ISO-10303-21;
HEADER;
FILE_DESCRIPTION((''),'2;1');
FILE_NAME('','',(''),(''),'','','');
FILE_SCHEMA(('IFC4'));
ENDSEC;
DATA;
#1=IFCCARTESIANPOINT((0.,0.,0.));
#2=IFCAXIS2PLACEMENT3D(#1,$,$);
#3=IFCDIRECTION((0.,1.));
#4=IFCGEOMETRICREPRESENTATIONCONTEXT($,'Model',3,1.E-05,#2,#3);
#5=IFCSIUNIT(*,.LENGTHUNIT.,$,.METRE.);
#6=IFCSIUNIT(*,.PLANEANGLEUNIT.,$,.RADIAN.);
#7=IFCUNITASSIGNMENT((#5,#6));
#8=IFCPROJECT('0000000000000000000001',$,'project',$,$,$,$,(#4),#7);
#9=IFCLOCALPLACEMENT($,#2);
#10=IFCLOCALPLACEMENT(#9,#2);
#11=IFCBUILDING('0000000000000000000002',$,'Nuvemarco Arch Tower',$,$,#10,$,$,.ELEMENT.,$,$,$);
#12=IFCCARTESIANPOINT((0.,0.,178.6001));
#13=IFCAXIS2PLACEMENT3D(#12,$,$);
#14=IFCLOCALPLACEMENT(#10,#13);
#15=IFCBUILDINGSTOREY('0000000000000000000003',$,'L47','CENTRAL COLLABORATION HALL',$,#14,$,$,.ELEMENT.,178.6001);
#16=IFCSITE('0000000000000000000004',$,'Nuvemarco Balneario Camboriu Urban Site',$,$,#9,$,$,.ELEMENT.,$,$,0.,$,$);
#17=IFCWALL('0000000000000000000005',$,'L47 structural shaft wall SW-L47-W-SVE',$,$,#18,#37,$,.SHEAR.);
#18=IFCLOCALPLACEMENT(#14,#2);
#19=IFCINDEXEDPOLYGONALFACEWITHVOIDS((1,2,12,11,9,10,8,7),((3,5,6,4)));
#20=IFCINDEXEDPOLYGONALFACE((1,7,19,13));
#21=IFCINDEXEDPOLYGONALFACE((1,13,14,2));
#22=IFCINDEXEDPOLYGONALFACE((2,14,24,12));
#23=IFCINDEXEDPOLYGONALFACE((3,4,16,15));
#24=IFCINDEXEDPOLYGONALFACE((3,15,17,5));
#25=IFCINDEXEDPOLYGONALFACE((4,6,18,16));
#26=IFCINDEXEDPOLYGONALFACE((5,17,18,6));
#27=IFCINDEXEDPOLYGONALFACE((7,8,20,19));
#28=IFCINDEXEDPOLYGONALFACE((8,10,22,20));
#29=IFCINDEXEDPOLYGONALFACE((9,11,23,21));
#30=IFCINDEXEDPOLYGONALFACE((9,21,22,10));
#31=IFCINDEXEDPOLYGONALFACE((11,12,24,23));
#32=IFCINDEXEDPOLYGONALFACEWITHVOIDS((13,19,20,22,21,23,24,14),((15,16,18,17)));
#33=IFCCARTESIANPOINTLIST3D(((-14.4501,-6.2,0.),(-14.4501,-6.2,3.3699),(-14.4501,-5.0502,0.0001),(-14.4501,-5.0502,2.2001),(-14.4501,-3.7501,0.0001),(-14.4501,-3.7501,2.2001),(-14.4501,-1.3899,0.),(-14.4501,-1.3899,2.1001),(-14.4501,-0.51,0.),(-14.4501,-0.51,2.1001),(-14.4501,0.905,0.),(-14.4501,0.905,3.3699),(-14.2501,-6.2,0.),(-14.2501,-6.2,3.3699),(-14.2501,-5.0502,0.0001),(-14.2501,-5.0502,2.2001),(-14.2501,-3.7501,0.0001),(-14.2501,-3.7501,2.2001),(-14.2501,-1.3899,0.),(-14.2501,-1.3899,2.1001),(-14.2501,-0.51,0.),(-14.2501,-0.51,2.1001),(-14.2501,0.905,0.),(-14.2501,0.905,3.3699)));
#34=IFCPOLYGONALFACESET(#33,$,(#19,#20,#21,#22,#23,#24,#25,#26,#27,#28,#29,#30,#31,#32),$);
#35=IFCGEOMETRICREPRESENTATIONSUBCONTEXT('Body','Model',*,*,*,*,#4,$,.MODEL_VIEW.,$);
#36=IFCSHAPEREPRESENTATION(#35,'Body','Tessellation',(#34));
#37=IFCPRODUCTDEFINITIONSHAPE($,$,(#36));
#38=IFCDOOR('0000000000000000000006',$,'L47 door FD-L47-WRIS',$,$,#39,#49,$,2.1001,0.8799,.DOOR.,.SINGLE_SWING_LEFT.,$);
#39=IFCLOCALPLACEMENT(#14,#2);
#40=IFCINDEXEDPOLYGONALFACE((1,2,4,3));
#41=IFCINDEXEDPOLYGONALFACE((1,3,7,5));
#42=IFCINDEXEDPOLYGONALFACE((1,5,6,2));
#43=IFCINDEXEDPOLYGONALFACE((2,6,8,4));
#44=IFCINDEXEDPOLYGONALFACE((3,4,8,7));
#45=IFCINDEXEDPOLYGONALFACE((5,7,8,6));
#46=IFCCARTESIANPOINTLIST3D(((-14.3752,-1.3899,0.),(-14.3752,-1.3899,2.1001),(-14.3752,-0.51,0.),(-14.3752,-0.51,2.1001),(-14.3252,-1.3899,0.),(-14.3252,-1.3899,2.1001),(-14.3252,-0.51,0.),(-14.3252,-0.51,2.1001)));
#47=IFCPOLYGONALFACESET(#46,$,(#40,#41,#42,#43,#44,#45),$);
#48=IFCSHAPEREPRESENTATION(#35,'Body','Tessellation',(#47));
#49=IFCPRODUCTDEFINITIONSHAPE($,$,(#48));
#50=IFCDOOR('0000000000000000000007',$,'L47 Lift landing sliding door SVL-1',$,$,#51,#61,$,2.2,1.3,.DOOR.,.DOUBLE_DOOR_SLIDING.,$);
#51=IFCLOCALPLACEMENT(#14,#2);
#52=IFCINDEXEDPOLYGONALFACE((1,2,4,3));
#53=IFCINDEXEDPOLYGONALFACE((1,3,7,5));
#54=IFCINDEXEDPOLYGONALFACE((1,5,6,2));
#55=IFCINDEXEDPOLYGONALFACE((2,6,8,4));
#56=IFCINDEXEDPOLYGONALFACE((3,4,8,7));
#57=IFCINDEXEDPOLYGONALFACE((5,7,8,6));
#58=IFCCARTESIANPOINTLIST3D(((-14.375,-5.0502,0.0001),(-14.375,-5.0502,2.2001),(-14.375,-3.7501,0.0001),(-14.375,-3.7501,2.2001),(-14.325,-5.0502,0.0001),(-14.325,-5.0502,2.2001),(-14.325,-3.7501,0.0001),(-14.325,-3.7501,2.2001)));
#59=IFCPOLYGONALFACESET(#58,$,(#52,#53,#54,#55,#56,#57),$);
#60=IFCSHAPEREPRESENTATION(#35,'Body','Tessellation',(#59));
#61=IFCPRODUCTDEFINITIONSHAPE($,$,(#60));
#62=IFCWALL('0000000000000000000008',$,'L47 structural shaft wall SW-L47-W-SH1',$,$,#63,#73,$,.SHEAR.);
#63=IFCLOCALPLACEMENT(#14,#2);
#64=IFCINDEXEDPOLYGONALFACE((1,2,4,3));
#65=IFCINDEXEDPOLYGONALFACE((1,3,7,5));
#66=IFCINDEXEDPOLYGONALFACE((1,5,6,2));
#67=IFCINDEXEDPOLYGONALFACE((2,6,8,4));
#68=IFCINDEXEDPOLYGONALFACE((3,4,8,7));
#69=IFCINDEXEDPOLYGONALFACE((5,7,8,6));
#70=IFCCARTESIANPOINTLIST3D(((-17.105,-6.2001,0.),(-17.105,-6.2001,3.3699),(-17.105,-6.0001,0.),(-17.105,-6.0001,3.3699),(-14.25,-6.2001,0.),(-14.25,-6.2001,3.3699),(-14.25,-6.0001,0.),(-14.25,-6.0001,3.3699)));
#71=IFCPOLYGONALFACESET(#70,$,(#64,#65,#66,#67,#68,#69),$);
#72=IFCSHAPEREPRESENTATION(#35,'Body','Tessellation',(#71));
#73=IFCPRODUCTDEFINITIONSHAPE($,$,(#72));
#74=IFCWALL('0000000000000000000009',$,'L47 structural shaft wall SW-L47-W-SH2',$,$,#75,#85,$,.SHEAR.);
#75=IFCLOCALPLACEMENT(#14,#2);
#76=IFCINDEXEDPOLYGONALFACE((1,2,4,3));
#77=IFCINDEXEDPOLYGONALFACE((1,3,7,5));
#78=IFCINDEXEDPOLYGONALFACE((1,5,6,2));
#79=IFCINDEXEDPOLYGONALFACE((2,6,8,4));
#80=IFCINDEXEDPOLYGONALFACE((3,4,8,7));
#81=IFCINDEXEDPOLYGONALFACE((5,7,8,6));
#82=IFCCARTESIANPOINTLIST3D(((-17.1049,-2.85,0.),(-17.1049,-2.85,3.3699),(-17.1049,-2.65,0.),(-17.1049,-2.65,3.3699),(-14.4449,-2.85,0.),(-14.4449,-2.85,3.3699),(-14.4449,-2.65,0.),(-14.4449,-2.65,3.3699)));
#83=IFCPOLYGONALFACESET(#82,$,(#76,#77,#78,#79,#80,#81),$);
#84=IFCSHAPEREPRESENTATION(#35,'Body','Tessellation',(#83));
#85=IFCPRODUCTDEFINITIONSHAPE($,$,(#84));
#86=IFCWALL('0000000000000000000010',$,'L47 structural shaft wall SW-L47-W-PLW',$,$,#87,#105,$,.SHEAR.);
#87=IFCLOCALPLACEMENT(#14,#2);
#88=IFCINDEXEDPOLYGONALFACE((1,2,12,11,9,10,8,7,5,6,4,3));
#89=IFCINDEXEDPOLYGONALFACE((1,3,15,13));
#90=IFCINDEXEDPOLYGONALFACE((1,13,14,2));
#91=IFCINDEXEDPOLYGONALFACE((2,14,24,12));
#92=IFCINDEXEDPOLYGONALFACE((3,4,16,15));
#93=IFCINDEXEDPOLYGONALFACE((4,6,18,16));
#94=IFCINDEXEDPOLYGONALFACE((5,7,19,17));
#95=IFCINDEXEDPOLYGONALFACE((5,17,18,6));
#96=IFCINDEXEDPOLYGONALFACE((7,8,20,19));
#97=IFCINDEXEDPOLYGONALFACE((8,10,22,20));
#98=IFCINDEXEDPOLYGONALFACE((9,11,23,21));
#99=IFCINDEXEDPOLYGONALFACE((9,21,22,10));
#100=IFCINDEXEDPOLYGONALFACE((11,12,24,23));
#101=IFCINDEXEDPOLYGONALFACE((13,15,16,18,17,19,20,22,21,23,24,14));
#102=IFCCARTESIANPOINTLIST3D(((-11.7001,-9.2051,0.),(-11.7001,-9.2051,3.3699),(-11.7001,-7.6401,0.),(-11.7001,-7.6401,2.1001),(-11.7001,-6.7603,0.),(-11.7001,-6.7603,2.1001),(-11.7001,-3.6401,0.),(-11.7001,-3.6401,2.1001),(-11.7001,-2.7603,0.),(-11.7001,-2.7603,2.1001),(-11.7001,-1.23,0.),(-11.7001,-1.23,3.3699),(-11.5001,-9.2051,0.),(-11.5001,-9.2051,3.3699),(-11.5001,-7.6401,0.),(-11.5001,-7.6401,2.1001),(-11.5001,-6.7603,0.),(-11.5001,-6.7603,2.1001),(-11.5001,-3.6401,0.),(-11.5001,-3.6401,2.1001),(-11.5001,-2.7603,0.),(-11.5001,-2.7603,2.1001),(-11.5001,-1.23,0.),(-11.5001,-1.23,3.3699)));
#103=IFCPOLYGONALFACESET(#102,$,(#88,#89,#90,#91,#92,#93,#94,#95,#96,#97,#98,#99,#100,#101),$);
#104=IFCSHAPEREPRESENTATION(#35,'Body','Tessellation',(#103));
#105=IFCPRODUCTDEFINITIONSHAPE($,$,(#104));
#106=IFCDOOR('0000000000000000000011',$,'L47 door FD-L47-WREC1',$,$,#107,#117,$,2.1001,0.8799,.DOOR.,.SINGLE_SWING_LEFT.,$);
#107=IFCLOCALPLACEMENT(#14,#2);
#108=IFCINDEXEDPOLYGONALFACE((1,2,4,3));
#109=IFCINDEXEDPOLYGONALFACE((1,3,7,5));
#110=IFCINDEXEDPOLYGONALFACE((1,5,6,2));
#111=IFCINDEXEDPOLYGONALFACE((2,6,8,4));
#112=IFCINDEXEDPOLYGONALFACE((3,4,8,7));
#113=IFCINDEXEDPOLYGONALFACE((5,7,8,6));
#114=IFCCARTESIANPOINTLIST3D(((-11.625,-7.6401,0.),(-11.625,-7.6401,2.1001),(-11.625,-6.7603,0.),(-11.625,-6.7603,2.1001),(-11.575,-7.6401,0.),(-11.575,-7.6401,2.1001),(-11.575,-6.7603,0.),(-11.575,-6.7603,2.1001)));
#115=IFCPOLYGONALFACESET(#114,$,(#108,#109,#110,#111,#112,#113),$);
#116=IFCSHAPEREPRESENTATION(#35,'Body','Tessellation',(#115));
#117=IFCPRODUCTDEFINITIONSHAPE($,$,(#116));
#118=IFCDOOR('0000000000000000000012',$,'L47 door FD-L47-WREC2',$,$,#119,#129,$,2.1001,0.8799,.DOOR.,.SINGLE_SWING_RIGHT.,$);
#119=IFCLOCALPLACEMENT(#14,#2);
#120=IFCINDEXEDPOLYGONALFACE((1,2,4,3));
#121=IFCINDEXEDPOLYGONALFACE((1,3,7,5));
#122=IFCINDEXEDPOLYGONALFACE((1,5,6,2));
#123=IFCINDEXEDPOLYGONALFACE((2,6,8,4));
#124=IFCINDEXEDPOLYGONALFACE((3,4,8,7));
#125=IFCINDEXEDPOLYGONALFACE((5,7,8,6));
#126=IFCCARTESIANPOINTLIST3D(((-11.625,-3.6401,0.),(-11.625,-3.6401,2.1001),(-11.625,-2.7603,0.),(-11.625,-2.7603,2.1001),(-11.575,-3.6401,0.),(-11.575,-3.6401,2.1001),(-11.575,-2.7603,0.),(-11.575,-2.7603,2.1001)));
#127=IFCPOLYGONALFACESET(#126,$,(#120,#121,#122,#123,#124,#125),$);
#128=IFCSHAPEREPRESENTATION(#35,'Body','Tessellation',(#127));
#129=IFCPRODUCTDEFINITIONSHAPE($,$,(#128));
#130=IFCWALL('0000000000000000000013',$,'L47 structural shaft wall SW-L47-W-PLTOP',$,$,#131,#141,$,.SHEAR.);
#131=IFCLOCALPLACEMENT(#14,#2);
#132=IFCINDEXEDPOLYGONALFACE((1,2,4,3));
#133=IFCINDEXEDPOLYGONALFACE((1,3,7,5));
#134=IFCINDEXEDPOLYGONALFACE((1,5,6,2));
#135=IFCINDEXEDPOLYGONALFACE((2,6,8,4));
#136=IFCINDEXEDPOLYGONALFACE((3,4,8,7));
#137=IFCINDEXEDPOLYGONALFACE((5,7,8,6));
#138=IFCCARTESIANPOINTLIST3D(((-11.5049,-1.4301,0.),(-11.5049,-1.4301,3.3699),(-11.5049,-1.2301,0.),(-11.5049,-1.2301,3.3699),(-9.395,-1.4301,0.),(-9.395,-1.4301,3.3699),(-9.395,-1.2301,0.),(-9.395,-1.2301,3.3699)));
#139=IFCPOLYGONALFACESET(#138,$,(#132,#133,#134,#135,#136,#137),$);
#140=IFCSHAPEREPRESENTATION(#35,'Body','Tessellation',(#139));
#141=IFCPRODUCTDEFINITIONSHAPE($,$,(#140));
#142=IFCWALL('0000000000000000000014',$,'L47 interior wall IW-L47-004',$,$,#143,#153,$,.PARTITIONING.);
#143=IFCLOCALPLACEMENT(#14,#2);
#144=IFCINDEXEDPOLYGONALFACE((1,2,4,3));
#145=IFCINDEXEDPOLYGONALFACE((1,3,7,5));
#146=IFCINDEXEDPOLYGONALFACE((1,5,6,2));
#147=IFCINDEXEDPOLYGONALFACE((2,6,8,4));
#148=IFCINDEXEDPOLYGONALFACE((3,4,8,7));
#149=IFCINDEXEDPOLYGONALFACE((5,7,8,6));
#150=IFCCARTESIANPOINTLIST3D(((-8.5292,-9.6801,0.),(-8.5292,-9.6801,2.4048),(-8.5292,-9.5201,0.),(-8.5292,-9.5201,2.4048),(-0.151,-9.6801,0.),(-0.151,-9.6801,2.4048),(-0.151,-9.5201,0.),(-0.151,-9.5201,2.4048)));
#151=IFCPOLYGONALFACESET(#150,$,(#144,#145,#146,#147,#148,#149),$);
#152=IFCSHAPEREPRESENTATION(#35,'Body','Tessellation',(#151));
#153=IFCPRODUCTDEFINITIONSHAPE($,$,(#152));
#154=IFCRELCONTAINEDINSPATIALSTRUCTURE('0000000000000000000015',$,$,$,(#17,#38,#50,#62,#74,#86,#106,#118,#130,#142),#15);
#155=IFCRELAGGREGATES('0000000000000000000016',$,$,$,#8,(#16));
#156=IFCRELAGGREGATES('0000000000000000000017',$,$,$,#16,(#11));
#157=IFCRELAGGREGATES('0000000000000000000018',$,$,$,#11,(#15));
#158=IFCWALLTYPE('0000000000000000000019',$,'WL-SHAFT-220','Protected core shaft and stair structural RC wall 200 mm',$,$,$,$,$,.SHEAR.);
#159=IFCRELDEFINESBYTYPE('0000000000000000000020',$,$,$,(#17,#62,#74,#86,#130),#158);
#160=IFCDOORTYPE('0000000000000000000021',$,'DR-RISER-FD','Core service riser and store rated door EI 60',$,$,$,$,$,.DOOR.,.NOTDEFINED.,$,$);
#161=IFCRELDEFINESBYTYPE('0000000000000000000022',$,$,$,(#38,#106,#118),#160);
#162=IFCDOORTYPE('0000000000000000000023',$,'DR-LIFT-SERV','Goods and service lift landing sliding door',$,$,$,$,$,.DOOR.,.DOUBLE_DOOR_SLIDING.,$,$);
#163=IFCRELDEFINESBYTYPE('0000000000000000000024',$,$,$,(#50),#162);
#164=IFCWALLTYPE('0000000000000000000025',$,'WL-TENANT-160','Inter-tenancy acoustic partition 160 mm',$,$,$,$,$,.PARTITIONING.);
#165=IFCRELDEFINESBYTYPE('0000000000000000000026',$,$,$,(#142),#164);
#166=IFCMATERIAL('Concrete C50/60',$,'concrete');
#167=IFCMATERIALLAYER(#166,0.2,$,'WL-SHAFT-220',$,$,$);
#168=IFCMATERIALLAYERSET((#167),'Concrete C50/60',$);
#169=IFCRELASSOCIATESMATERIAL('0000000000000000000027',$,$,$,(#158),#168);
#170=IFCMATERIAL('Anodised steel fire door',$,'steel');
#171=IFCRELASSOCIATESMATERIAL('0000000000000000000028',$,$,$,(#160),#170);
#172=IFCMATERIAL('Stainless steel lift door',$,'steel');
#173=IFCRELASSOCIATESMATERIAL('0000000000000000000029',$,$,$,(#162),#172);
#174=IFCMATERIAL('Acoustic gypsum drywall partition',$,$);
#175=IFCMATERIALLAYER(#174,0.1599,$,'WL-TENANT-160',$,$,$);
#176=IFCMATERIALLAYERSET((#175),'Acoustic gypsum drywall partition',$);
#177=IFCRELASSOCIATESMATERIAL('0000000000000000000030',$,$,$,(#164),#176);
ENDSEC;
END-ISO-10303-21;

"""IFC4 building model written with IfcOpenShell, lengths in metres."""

from ifc_helpers import new_model, si_unit, direction, frame, frame_2d, origin, place, context, subcontext, project, spatial, rectangle, extrude, source, transform, mapped, material, layer, layer_set, type_object, type_shapes, element, fill, save


model = new_model("IFC4")

# Units and contexts
model_context = context("Model", 3, precision=1e-05, world=origin(), true_north=direction((0.0, 1.0)))
body_context = subcontext(model_context, "Body", "Model", "MODEL_VIEW")
ifc_project = project(units=[si_unit("LENGTHUNIT", "METRE"), si_unit("PLANEANGLEUNIT", "RADIAN")], contexts=[model_context])

# Site, building, storey
site_placement = place(None, origin())
site = spatial("IfcSite", under=ifc_project, at=site_placement, Name="Nuvemarco Balneario Camboriu Urban Site", CompositionType="ELEMENT", RefElevation=0.0)
building_placement = place(site_placement, origin())
building = spatial("IfcBuilding", under=site, at=building_placement, Name="Nuvemarco Arch Tower", CompositionType="ELEMENT")
storey_placement = place(building_placement, frame((0.0, 0.0, 178.6001)))
storey = spatial("IfcBuildingStorey", under=building, at=storey_placement, Name="L47", Description="CENTRAL COLLABORATION HALL", CompositionType="ELEMENT", Elevation=178.6001)

# Shared definitions
ifc_material_1 = material(Name="Concrete C50/60", Category="concrete")

# Shared definitions
ifc_material_2 = material(Name="Anodised steel fire door", Category="steel")

# Shared definitions
ifc_layer_1 = layer(ifc_material_1, 0.2, Name="WL-SHAFT-220")
ifc_layer_set_1 = layer_set([ifc_layer_1], Name="Concrete C50/60")
wall_type_1 = type_object("IfcWallType", Name="WL-SHAFT-220", Description="Protected core shaft and stair structural RC wall 200 mm", PredefinedType="SHEAR", material=ifc_layer_set_1)
ifc_material_3 = material(Name="Stainless steel lift door", Category="steel")

# Wall, openings, doors
wall_1_placement = place(storey_placement, frame((-14.3501, -6.2, 0.0), z_axis=(0.0, 0.0, 1.0), x_axis=(0.0, 1.0, 0.0)))
wall_1 = element("IfcWall", 1, at=wall_1_placement, inside=storey, type_object=wall_type_1, Name="L47 structural shaft wall SW-L47-W-SVE", PredefinedType="SHEAR", context=body_context, shape_type="SweptSolid", body=[
    extrude(rectangle(XDim=7.105, YDim=0.2, at=frame_2d((3.5525, 0.0))), origin(), (0.0, 0.0, 1.0), 3.3699),
])
opening_1_placement = place(wall_1_placement, frame((5.6899, 0.0, 0.0), z_axis=(0.0, 0.0, 1.0), x_axis=(-1.0, 0.0, 0.0)))
opening_1 = element("IfcOpeningElement", 2, at=opening_1_placement, cuts=wall_1, PredefinedType="OPENING", context=body_context, shape_type="SweptSolid", body=[
    extrude(rectangle(XDim=0.8799, YDim=2.1001, at=frame_2d((0.4399, 1.05))), frame((0.0, 0.1099, 0.0), z_axis=(0.0, -1.0, 0.0), x_axis=(1.0, 0.0, 0.0)), (0.0, 0.0, 1.0), 0.22),
])
opening_2_placement = place(wall_1_placement, frame((1.1499, 0.0, 0.0)))
opening_2 = element("IfcOpeningElement", 3, at=opening_2_placement, cuts=wall_1, PredefinedType="OPENING", context=body_context, shape_type="SweptSolid", body=[
    extrude(rectangle(XDim=1.3, YDim=2.2, at=frame_2d((0.6499, 1.1001))), frame((0.0, 0.1099, 0.0), z_axis=(0.0, -1.0, 0.0), x_axis=(1.0, 0.0, 0.0)), (0.0, 0.0, 1.0), 0.22),
])
door_type_1 = type_object("IfcDoorType", Name="DR-RISER-FD", Description="Core service riser and store rated door EI 60", OperationType="NOTDEFINED", PredefinedType="DOOR", material=ifc_material_2)
shared_shape_1 = source(origin(), body_context, "Body", "SweptSolid", [
    extrude(rectangle(XDim=0.8799, YDim=2.1001, at=frame_2d((0.4399, 1.05))), frame((0.0, 0.0249, 0.0), z_axis=(0.0, -1.0, 0.0), x_axis=(1.0, 0.0, 0.0)), (0.0, 0.0, 1.0), 0.05),
])
type_shapes(door_type_1, [shared_shape_1])
door_1_placement = place(opening_1_placement, origin())
door_1 = element("IfcDoor", 4, at=door_1_placement, inside=storey, type_object=door_type_1, Name="L47 door FD-L47-WRIS", OperationType="SINGLE_SWING_LEFT", OverallHeight=2.1001, OverallWidth=0.8799, PredefinedType="DOOR", context=body_context, shape_type="MappedRepresentation", body=[
    mapped(shared_shape_1, transform((0.0, 0.0, 0.0), scale=1.0)),
])
fill(opening_1, door_1)
door_type_2 = type_object("IfcDoorType", Name="DR-LIFT-SERV", Description="Goods and service lift landing sliding door", OperationType="DOUBLE_DOOR_SLIDING", PredefinedType="DOOR", material=ifc_material_3)
shared_shape_2 = source(origin(), body_context, "Body", "SweptSolid", [
    extrude(rectangle(XDim=1.3, YDim=2.2, at=frame_2d((0.6499, 1.1001))), frame((0.0, 0.0249, 0.0), z_axis=(0.0, -1.0, 0.0), x_axis=(1.0, 0.0, 0.0)), (0.0, 0.0, 1.0), 0.05),
])
type_shapes(door_type_2, [shared_shape_2])
door_2_placement = place(opening_2_placement, origin())
door_2 = element("IfcDoor", 5, at=door_2_placement, inside=storey, type_object=door_type_2, Name="L47 Lift landing sliding door SVL-1", OperationType="DOUBLE_DOOR_SLIDING", OverallHeight=2.2, OverallWidth=1.3, PredefinedType="DOOR", context=body_context, shape_type="MappedRepresentation", body=[
    mapped(shared_shape_2, transform((0.0, 0.0, 0.0), scale=1.0)),
])
fill(opening_2, door_2)

# Walls
wall_2_placement = place(storey_placement, frame((-17.105, -6.1001, 0.0), z_axis=(0.0, 0.0, 1.0), x_axis=(1.0, 0.0, 0.0)))
element("IfcWall", 6, at=wall_2_placement, inside=storey, type_object=wall_type_1, Name="L47 structural shaft wall SW-L47-W-SH1", PredefinedType="SHEAR", context=body_context, shape_type="SweptSolid", body=[
    extrude(rectangle(XDim=2.855, YDim=0.2, at=frame_2d((1.4275, 0.0))), origin(), (0.0, 0.0, 1.0), 3.3699),
])
wall_3_placement = place(storey_placement, frame((-17.105, -2.75, 0.0), z_axis=(0.0, 0.0, 1.0), x_axis=(1.0, 0.0, 0.0)))
element("IfcWall", 7, at=wall_3_placement, inside=storey, type_object=wall_type_1, Name="L47 structural shaft wall SW-L47-W-SH2", PredefinedType="SHEAR", context=body_context, shape_type="SweptSolid", body=[
    extrude(rectangle(XDim=2.6599, YDim=0.2, at=frame_2d((1.3301, 0.0))), origin(), (0.0, 0.0, 1.0), 3.3699),
])

# Wall, openings, doors
wall_4_placement = place(storey_placement, frame((-11.6001, -9.2051, 0.0), z_axis=(0.0, 0.0, 1.0), x_axis=(0.0, 1.0, 0.0)))
wall_4 = element("IfcWall", 8, at=wall_4_placement, inside=storey, type_object=wall_type_1, Name="L47 structural shaft wall SW-L47-W-PLW", PredefinedType="SHEAR", context=body_context, shape_type="SweptSolid", body=[
    extrude(rectangle(XDim=7.9751, YDim=0.2, at=frame_2d((3.9875, 0.0))), origin(), (0.0, 0.0, 1.0), 3.3699),
])
opening_3_placement = place(wall_4_placement, frame((1.5649, 0.0, 0.0)))
opening_3 = element("IfcOpeningElement", 9, at=opening_3_placement, cuts=wall_4, PredefinedType="OPENING", context=body_context, shape_type="SweptSolid", body=[
    extrude(rectangle(XDim=0.8799, YDim=2.1001, at=frame_2d((0.4399, 1.05))), frame((0.0, 0.1099, 0.0), z_axis=(0.0, -1.0, 0.0), x_axis=(1.0, 0.0, 0.0)), (0.0, 0.0, 1.0), 0.22),
])
opening_4_placement = place(wall_4_placement, frame((5.5649, 0.0, 0.0)))
opening_4 = element("IfcOpeningElement", 10, at=opening_4_placement, cuts=wall_4, PredefinedType="OPENING", context=body_context, shape_type="SweptSolid", body=[
    extrude(rectangle(XDim=0.8799, YDim=2.1001, at=frame_2d((0.4399, 1.05))), frame((0.0, 0.1099, 0.0), z_axis=(0.0, -1.0, 0.0), x_axis=(1.0, 0.0, 0.0)), (0.0, 0.0, 1.0), 0.22),
])
door_3_placement = place(opening_3_placement, origin())
door_3 = element("IfcDoor", 11, at=door_3_placement, inside=storey, type_object=door_type_1, Name="L47 door FD-L47-WREC1", OperationType="SINGLE_SWING_LEFT", OverallHeight=2.1001, OverallWidth=0.8799, PredefinedType="DOOR", context=body_context, shape_type="MappedRepresentation", body=[
    mapped(shared_shape_1, transform((0.0, 0.0, 0.0), scale=1.0)),
])
fill(opening_3, door_3)
door_4_placement = place(opening_4_placement, origin())
door_4 = element("IfcDoor", 12, at=door_4_placement, inside=storey, type_object=door_type_1, Name="L47 door FD-L47-WREC2", OperationType="SINGLE_SWING_RIGHT", OverallHeight=2.1001, OverallWidth=0.8799, PredefinedType="DOOR", context=body_context, shape_type="MappedRepresentation", body=[
    mapped(shared_shape_1, transform((0.0, 0.0, 0.0), scale=1.0)),
])
fill(opening_4, door_4)

# Walls
wall_5_placement = place(storey_placement, frame((-11.5049, -1.3301, 0.0), z_axis=(0.0, 0.0, 1.0), x_axis=(1.0, 0.0, 0.0)))
element("IfcWall", 13, at=wall_5_placement, inside=storey, type_object=wall_type_1, Name="L47 structural shaft wall SW-L47-W-PLTOP", PredefinedType="SHEAR", context=body_context, shape_type="SweptSolid", body=[
    extrude(rectangle(XDim=2.1099, YDim=0.2, at=frame_2d((1.0549, 0.0))), origin(), (0.0, 0.0, 1.0), 3.3699),
])
ifc_material_4 = material(Name="Acoustic gypsum drywall partition")
ifc_layer_2 = layer(ifc_material_4, 0.1599, Name="WL-TENANT-160")
ifc_layer_set_2 = layer_set([ifc_layer_2], Name="Acoustic gypsum drywall partition")
wall_type_2 = type_object("IfcWallType", Name="WL-TENANT-160", Description="Inter-tenancy acoustic partition 160 mm", PredefinedType="PARTITIONING", material=ifc_layer_set_2)
wall_6_placement = place(storey_placement, frame((-8.5291, -9.6001, 0.0), z_axis=(0.0, 0.0, 1.0), x_axis=(1.0, 0.0, 0.0)))
element("IfcWall", 14, at=wall_6_placement, inside=storey, type_object=wall_type_2, Name="L47 interior wall IW-L47-004", PredefinedType="PARTITIONING", context=body_context, shape_type="SweptSolid", body=[
    extrude(rectangle(XDim=8.3782, YDim=0.1599, at=frame_2d((4.189, 0.0))), origin(), (0.0, 0.0, 1.0), 2.4048),
])

save(model, "model.ifc")
